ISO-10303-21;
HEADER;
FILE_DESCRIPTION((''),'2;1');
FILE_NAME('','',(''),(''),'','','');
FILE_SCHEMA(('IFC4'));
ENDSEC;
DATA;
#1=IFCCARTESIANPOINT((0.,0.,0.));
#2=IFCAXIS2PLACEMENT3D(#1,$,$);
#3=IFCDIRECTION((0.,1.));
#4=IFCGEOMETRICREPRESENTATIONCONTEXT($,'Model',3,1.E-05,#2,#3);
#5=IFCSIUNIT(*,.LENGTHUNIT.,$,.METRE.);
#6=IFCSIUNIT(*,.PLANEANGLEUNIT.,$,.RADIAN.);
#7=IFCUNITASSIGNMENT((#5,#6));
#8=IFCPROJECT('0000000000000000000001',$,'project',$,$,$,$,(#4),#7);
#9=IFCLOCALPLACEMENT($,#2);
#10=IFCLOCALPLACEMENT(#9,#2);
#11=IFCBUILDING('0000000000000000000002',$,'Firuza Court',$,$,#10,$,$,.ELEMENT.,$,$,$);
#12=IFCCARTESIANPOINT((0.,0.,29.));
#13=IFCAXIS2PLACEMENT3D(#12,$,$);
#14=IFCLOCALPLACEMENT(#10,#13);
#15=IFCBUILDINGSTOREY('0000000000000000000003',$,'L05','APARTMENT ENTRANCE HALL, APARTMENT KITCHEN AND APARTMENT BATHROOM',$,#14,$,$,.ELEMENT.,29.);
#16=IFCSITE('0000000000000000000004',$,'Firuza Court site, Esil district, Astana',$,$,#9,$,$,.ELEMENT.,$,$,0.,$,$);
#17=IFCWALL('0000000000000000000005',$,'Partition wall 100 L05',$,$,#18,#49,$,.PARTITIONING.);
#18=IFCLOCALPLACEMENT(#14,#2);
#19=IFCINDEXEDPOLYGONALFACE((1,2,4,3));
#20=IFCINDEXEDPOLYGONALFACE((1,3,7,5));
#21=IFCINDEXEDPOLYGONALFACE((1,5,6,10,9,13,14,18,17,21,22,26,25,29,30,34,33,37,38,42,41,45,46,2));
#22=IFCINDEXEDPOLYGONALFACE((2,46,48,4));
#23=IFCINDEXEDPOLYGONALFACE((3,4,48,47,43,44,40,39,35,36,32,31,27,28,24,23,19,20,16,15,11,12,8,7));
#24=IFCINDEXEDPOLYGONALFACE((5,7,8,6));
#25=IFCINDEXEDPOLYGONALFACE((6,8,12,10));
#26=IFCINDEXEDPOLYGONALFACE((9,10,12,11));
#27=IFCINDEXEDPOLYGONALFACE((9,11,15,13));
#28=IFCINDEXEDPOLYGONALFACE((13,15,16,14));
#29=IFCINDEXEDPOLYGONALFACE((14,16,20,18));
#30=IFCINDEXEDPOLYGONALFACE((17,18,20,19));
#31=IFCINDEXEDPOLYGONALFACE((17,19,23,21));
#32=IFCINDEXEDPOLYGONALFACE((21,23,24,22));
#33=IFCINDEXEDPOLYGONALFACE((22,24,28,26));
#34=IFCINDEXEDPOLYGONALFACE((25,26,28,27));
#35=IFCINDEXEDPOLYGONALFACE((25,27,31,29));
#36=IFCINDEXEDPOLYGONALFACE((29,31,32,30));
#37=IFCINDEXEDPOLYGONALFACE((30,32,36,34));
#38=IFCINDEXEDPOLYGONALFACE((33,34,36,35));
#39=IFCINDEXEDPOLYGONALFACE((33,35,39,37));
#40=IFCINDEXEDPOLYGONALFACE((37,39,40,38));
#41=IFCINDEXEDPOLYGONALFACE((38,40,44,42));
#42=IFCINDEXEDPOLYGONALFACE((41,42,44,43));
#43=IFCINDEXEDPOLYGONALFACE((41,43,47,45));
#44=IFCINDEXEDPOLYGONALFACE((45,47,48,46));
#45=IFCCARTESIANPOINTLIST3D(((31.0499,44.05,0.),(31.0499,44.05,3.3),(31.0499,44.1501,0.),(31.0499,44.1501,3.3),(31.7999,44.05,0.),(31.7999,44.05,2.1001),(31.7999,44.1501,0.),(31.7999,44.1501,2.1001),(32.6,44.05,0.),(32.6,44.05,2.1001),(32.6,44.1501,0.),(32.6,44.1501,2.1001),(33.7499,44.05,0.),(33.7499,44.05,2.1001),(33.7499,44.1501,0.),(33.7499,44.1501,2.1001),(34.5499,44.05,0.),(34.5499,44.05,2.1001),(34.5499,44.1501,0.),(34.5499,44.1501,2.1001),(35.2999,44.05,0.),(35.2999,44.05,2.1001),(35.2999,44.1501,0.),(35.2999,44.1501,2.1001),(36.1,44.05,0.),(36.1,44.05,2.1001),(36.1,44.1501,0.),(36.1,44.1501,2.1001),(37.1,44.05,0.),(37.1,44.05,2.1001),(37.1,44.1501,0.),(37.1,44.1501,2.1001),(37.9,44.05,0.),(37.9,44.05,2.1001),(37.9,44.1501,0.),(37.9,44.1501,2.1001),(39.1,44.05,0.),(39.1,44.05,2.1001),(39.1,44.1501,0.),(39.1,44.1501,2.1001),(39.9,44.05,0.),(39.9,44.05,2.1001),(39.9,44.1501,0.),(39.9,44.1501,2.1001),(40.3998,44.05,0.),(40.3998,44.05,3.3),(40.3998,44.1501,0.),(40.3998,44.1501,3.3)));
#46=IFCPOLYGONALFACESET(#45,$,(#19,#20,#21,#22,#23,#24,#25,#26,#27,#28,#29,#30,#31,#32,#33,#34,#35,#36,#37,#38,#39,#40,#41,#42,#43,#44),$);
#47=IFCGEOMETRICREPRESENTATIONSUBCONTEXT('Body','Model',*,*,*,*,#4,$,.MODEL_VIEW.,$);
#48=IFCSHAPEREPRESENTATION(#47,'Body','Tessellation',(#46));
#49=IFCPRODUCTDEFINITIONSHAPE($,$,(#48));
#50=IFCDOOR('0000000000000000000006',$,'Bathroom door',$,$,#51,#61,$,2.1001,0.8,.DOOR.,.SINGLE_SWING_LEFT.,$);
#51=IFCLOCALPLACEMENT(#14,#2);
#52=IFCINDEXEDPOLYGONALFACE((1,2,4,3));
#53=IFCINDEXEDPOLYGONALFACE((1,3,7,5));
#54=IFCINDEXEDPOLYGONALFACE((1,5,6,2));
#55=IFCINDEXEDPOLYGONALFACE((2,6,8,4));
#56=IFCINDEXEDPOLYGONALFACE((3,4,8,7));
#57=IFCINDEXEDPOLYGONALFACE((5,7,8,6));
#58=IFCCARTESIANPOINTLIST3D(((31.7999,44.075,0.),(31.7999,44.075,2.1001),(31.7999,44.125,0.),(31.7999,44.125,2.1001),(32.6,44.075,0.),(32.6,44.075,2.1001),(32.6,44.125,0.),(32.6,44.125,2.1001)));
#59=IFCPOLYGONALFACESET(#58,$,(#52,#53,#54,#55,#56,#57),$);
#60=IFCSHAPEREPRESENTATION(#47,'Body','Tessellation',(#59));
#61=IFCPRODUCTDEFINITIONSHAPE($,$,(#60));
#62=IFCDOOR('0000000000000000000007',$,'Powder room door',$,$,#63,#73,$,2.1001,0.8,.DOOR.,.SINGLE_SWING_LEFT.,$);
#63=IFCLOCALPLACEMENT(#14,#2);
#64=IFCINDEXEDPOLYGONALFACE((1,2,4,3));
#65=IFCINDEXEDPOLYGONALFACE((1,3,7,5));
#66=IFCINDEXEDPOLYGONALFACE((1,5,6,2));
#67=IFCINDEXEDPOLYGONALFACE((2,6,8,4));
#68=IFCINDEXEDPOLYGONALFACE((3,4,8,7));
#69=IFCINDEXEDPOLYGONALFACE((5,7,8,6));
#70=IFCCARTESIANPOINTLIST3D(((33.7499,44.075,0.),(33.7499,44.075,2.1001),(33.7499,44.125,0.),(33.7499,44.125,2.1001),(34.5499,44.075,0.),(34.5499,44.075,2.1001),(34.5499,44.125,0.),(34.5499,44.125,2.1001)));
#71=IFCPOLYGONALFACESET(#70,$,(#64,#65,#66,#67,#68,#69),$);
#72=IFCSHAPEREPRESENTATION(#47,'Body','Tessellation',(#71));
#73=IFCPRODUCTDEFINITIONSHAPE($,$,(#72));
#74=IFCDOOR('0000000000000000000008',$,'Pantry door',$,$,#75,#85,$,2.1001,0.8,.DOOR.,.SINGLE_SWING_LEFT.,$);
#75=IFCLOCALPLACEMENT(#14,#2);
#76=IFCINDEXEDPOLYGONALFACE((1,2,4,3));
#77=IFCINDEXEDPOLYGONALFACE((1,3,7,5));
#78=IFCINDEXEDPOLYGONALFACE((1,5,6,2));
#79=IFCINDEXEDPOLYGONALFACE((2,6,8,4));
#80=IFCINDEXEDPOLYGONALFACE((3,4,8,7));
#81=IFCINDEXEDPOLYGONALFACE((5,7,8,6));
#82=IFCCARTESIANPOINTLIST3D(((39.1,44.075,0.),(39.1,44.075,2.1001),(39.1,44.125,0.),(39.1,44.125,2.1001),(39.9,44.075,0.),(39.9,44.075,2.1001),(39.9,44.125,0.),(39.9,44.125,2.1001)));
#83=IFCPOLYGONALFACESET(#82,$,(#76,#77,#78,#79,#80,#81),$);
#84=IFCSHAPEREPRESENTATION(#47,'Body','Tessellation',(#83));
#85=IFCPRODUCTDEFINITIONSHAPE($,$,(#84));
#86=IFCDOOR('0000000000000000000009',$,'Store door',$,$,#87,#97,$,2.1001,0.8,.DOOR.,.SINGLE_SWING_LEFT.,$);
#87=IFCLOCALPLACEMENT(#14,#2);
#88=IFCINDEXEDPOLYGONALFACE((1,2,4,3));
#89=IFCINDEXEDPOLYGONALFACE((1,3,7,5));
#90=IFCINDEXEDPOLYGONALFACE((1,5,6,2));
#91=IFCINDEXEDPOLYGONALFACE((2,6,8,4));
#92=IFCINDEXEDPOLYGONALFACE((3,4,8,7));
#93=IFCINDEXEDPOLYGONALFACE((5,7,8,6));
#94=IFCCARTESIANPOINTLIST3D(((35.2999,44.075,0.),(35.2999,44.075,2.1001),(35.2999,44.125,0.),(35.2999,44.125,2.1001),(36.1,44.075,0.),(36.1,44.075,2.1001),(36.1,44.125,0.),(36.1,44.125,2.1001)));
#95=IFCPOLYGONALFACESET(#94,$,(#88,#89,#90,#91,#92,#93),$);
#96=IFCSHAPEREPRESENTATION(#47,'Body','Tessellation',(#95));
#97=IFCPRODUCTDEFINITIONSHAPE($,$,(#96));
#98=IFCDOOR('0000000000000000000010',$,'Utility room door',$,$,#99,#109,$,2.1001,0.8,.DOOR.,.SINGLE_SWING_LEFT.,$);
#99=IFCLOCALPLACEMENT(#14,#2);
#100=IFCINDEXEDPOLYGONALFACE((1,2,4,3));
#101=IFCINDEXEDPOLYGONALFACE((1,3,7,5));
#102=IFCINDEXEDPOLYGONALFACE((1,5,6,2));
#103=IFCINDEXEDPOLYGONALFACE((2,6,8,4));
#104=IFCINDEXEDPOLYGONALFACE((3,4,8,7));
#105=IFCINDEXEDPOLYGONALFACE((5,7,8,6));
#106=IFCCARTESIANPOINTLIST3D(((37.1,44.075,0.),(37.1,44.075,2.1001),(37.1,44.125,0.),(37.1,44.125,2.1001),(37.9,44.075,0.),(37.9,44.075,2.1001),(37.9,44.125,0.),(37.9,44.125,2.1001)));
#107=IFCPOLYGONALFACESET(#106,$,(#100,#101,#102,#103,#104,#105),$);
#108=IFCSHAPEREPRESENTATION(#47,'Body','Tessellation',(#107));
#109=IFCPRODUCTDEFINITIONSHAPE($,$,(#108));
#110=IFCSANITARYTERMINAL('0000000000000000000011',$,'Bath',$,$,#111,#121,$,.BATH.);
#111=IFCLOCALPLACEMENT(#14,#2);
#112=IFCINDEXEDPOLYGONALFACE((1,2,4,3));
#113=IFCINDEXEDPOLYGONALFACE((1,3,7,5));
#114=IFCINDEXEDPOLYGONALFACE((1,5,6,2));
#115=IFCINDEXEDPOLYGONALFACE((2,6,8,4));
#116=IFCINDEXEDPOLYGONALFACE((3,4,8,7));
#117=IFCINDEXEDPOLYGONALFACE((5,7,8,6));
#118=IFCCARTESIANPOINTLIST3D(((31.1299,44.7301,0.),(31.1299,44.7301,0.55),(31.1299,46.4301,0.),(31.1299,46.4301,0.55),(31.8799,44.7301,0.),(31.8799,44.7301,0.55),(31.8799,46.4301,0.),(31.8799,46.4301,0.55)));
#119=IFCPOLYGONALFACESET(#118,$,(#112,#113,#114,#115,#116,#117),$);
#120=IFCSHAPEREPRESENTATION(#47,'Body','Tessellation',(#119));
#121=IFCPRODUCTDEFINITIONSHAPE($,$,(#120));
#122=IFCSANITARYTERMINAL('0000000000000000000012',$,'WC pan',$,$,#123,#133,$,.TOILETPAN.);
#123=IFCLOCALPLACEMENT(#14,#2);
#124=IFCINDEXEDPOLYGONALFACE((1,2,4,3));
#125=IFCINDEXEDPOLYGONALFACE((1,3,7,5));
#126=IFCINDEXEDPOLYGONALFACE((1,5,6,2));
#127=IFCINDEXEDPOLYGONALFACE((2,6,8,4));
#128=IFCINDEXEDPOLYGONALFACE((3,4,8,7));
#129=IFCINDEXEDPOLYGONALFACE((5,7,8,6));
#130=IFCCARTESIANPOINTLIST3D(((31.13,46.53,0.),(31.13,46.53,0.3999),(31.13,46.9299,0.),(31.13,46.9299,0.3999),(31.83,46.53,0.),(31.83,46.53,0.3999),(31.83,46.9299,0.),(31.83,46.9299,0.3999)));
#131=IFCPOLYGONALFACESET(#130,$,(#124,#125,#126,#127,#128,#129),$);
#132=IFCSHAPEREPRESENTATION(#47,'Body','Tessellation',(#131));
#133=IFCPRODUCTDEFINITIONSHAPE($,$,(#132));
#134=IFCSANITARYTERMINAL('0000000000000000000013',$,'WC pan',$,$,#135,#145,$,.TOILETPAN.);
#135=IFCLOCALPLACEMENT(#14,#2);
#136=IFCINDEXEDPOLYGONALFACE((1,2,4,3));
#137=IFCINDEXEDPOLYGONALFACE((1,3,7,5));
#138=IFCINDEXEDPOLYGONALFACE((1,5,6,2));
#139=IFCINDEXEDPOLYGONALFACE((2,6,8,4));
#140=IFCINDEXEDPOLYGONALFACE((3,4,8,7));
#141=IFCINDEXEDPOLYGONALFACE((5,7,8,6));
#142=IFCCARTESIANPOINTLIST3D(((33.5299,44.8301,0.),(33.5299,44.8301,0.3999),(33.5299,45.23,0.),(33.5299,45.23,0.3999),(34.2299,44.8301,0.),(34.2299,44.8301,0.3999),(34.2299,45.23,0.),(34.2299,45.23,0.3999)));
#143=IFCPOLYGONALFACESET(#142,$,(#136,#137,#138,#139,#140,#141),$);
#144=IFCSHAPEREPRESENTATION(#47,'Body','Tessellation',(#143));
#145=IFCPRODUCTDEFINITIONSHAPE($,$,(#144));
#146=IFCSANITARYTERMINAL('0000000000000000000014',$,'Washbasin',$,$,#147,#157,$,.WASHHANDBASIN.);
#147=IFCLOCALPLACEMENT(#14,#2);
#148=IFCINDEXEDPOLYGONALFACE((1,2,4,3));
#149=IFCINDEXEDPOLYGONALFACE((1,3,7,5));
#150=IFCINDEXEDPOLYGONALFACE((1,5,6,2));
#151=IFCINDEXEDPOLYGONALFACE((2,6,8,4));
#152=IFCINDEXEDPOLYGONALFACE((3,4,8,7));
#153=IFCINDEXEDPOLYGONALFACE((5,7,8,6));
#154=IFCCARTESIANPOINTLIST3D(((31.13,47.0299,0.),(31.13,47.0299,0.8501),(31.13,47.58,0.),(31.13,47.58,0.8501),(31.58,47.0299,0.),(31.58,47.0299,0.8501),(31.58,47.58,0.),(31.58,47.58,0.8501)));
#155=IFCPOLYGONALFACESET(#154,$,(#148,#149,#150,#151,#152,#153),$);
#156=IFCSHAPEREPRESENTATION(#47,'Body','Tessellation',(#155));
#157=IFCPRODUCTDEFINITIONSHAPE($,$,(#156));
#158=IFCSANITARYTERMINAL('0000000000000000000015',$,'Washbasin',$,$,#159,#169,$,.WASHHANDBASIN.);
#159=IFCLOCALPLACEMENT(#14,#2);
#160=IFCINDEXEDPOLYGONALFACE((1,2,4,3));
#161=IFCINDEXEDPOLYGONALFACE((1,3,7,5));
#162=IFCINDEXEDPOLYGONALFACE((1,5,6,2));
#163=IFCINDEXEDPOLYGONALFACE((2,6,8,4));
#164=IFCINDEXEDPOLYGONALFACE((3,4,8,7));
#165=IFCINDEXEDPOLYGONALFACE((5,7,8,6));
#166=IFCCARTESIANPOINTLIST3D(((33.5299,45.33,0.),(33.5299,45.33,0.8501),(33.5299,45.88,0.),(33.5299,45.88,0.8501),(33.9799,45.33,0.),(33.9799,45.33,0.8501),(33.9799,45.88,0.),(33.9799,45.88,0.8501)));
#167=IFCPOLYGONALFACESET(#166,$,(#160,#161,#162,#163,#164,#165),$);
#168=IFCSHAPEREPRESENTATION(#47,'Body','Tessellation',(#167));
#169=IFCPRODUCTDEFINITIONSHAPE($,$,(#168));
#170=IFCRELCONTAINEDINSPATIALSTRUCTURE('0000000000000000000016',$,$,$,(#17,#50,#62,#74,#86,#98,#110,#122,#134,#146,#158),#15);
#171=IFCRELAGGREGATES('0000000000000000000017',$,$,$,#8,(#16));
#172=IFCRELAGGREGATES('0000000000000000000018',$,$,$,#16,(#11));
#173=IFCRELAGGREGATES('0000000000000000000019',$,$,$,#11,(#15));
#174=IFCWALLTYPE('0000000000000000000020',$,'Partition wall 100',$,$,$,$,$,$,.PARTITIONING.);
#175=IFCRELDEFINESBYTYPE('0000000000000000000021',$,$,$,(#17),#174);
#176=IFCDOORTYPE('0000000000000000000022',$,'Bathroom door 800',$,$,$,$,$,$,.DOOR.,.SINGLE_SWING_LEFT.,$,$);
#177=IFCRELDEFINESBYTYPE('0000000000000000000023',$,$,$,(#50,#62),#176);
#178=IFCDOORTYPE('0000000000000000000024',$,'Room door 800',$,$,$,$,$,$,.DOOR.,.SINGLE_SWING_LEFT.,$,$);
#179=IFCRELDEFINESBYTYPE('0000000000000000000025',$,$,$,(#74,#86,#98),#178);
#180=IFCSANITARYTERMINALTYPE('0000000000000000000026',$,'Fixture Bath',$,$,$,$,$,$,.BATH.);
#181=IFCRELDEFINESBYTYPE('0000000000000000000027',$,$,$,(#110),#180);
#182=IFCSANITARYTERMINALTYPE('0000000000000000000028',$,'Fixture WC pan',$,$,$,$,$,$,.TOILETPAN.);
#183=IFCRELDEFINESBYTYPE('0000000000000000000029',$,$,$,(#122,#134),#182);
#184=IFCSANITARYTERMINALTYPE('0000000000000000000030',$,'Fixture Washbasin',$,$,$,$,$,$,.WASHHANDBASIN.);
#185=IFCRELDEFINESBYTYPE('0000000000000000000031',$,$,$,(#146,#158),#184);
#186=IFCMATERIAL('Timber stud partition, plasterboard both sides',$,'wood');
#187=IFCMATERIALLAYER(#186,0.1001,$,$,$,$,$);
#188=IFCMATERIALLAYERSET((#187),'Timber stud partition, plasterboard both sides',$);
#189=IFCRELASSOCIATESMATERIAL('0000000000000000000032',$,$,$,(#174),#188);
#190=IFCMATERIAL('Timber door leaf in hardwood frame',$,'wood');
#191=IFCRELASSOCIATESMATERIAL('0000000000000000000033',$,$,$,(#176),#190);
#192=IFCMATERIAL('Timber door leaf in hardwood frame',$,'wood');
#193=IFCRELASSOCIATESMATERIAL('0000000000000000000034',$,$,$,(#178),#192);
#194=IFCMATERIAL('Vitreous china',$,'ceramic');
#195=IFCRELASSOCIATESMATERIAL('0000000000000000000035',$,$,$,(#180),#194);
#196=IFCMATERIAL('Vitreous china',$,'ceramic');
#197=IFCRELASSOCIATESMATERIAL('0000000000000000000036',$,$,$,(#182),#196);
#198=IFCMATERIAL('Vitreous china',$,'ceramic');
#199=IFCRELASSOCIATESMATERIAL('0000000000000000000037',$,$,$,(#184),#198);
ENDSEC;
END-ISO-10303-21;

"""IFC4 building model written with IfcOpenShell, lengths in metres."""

from ifc_helpers import new_model, si_unit, direction, frame, frame_2d, origin, origin_2d, place, context, subcontext, project, spatial, rectangle, extrude, material, layer, layer_set, type_object, element, fill, save


model = new_model("IFC4")

# Units and contexts
model_context = context("Model", 3, precision=1e-05, world=origin(), true_north=direction((0.0, 1.0)))
body_context = subcontext(model_context, "Body", "Model", "MODEL_VIEW")
ifc_project = project(units=[si_unit("LENGTHUNIT", "METRE"), si_unit("PLANEANGLEUNIT", "RADIAN")], contexts=[model_context])

# Site, building, storey
site_placement = place(None, origin())
site = spatial("IfcSite", under=ifc_project, at=site_placement, Name="Firuza Court site, Esil district, Astana", CompositionType="ELEMENT", RefElevation=0.0)
building_placement = place(site_placement, origin())
building = spatial("IfcBuilding", under=site, at=building_placement, Name="Firuza Court", CompositionType="ELEMENT")
storey_placement = place(building_placement, frame((0.0, 0.0, 29.0)))
storey = spatial("IfcBuildingStorey", under=building, at=storey_placement, Name="L05", Description="APARTMENT ENTRANCE HALL, APARTMENT KITCHEN AND APARTMENT BATHROOM", CompositionType="ELEMENT", Elevation=29.0)

# Shared definitions
ifc_material_1 = material(Name="Timber stud partition, plasterboard both sides", Category="wood")
ifc_layer_1 = layer(ifc_material_1, 0.1001)
ifc_layer_set_1 = layer_set([ifc_layer_1], Name="Timber stud partition, plasterboard both sides")
wall_type_1 = type_object("IfcWallType", Name="Partition wall 100", PredefinedType="PARTITIONING", material=ifc_layer_set_1)

# Wall, openings, doors
wall_1_placement = place(storey_placement, frame((31.05, 44.1001, 0.0), z_axis=(0.0, 0.0, 1.0), x_axis=(1.0, 0.0, 0.0)))
wall_1 = element("IfcWall", 1, at=wall_1_placement, inside=storey, type_object=wall_type_1, Name="Partition wall 100 L05", PredefinedType="PARTITIONING", context=body_context, shape_type="SweptSolid", body=[
    extrude(rectangle(XDim=9.3499, YDim=0.1001, at=frame_2d((4.6748, 0.0))), origin(), (0.0, 0.0, 1.0), 3.3),
])
opening_1_placement = place(wall_1_placement, frame((0.75, 0.0, 0.0)))
opening_1 = element("IfcOpeningElement", 2, at=opening_1_placement, cuts=wall_1, PredefinedType="OPENING", context=body_context, shape_type="SweptSolid", body=[
    extrude(rectangle(XDim=0.8, YDim=2.1001, at=frame_2d((0.3999, 1.05))), frame((0.0, 0.062, 0.0), z_axis=(0.0, -1.0, 0.0), x_axis=(1.0, 0.0, 0.0)), (0.0, 0.0, 1.0), 0.124),
])
opening_2_placement = place(wall_1_placement, frame((8.05, 0.0, 0.0)))
opening_2 = element("IfcOpeningElement", 3, at=opening_2_placement, cuts=wall_1, PredefinedType="OPENING", context=body_context, shape_type="SweptSolid", body=[
    extrude(rectangle(XDim=0.8, YDim=2.1001, at=frame_2d((0.3999, 1.05))), frame((0.0, 0.062, 0.0), z_axis=(0.0, -1.0, 0.0), x_axis=(1.0, 0.0, 0.0)), (0.0, 0.0, 1.0), 0.124),
])
opening_3_placement = place(wall_1_placement, frame((4.25, 0.0, 0.0)))
opening_3 = element("IfcOpeningElement", 4, at=opening_3_placement, cuts=wall_1, PredefinedType="OPENING", context=body_context, shape_type="SweptSolid", body=[
    extrude(rectangle(XDim=0.8, YDim=2.1001, at=frame_2d((0.3999, 1.05))), frame((0.0, 0.062, 0.0), z_axis=(0.0, -1.0, 0.0), x_axis=(1.0, 0.0, 0.0)), (0.0, 0.0, 1.0), 0.124),
])
opening_4_placement = place(wall_1_placement, frame((6.05, 0.0, 0.0)))
opening_4 = element("IfcOpeningElement", 5, at=opening_4_placement, cuts=wall_1, PredefinedType="OPENING", context=body_context, shape_type="SweptSolid", body=[
    extrude(rectangle(XDim=0.8, YDim=2.1001, at=frame_2d((0.3999, 1.05))), frame((0.0, 0.062, 0.0), z_axis=(0.0, -1.0, 0.0), x_axis=(1.0, 0.0, 0.0)), (0.0, 0.0, 1.0), 0.124),
])
opening_5_placement = place(wall_1_placement, frame((2.7, 0.0, 0.0)))
opening_5 = element("IfcOpeningElement", 6, at=opening_5_placement, cuts=wall_1, PredefinedType="OPENING", context=body_context, shape_type="SweptSolid", body=[
    extrude(rectangle(XDim=0.8, YDim=2.1001, at=frame_2d((0.3999, 1.05))), frame((0.0, 0.062, 0.0), z_axis=(0.0, -1.0, 0.0), x_axis=(1.0, 0.0, 0.0)), (0.0, 0.0, 1.0), 0.124),
])
ifc_material_2 = material(Name="Timber door leaf in hardwood frame", Category="wood")
door_type_1 = type_object("IfcDoorType", Name="Bathroom door 800", OperationType="SINGLE_SWING_LEFT", PredefinedType="DOOR", material=ifc_material_2)
door_1_placement = place(opening_1_placement, origin())
door_1 = element("IfcDoor", 7, at=door_1_placement, inside=storey, type_object=door_type_1, Name="Bathroom door", OperationType="SINGLE_SWING_LEFT", OverallHeight=2.1001, OverallWidth=0.8, PredefinedType="DOOR", context=body_context, shape_type="SweptSolid", body=[
    extrude(rectangle(XDim=0.8, YDim=2.1001, at=frame_2d((0.3999, 1.05))), frame((0.0, 0.0249, 0.0), z_axis=(0.0, -1.0, 0.0), x_axis=(1.0, 0.0, 0.0)), (0.0, 0.0, 1.0), 0.05),
])
fill(opening_1, door_1)
door_2_placement = place(opening_5_placement, origin())
door_2 = element("IfcDoor", 8, at=door_2_placement, inside=storey, type_object=door_type_1, Name="Powder room door", OperationType="SINGLE_SWING_LEFT", OverallHeight=2.1001, OverallWidth=0.8, PredefinedType="DOOR", context=body_context, shape_type="SweptSolid", body=[
    extrude(rectangle(XDim=0.8, YDim=2.1001, at=frame_2d((0.3999, 1.05))), frame((0.0, 0.0249, 0.0), z_axis=(0.0, -1.0, 0.0), x_axis=(1.0, 0.0, 0.0)), (0.0, 0.0, 1.0), 0.05),
])
fill(opening_5, door_2)
ifc_material_3 = material(Name="Timber door leaf in hardwood frame", Category="wood")
door_type_2 = type_object("IfcDoorType", Name="Room door 800", OperationType="SINGLE_SWING_LEFT", PredefinedType="DOOR", material=ifc_material_3)
door_3_placement = place(opening_2_placement, origin())
door_3 = element("IfcDoor", 9, at=door_3_placement, inside=storey, type_object=door_type_2, Name="Pantry door", OperationType="SINGLE_SWING_LEFT", OverallHeight=2.1001, OverallWidth=0.8, PredefinedType="DOOR", context=body_context, shape_type="SweptSolid", body=[
    extrude(rectangle(XDim=0.8, YDim=2.1001, at=frame_2d((0.3999, 1.05))), frame((0.0, 0.0249, 0.0), z_axis=(0.0, -1.0, 0.0), x_axis=(1.0, 0.0, 0.0)), (0.0, 0.0, 1.0), 0.05),
])
fill(opening_2, door_3)
door_4_placement = place(opening_3_placement, origin())
door_4 = element("IfcDoor", 10, at=door_4_placement, inside=storey, type_object=door_type_2, Name="Store door", OperationType="SINGLE_SWING_LEFT", OverallHeight=2.1001, OverallWidth=0.8, PredefinedType="DOOR", context=body_context, shape_type="SweptSolid", body=[
    extrude(rectangle(XDim=0.8, YDim=2.1001, at=frame_2d((0.3999, 1.05))), frame((0.0, 0.0249, 0.0), z_axis=(0.0, -1.0, 0.0), x_axis=(1.0, 0.0, 0.0)), (0.0, 0.0, 1.0), 0.05),
])
fill(opening_3, door_4)
door_5_placement = place(opening_4_placement, origin())
door_5 = element("IfcDoor", 11, at=door_5_placement, inside=storey, type_object=door_type_2, Name="Utility room door", OperationType="SINGLE_SWING_LEFT", OverallHeight=2.1001, OverallWidth=0.8, PredefinedType="DOOR", context=body_context, shape_type="SweptSolid", body=[
    extrude(rectangle(XDim=0.8, YDim=2.1001, at=frame_2d((0.3999, 1.05))), frame((0.0, 0.0249, 0.0), z_axis=(0.0, -1.0, 0.0), x_axis=(1.0, 0.0, 0.0)), (0.0, 0.0, 1.0), 0.05),
])
fill(opening_4, door_5)

# Sanitary terminals
ifc_material_4 = material(Name="Vitreous china", Category="ceramic")
sanitary_terminal_type_1 = type_object("IfcSanitaryTerminalType", Name="Fixture Bath", PredefinedType="BATH", material=ifc_material_4)
sanitary_terminal_placement = place(storey_placement, frame((31.5049, 45.5801, 0.0), z_axis=(0.0, 0.0, 1.0), x_axis=(1.0, 0.0, 0.0)))
element("IfcSanitaryTerminal", 12, at=sanitary_terminal_placement, inside=storey, type_object=sanitary_terminal_type_1, Name="Bath", PredefinedType="BATH", context=body_context, shape_type="SweptSolid", body=[
    extrude(rectangle(XDim=0.75, YDim=1.7, at=origin_2d()), origin(), (0.0, 0.0, 1.0), 0.55),
])
ifc_material_5 = material(Name="Vitreous china", Category="ceramic")
sanitary_terminal_type_2 = type_object("IfcSanitaryTerminalType", Name="Fixture WC pan", PredefinedType="TOILETPAN", material=ifc_material_5)
for number, where, z_axis, x_axis, name in (
    (13, (31.48, 46.73, 0.0), (0.0, 0.0, 1.0), (1.0, 0.0, 0.0), "WC pan"),
    (14, (33.8799, 45.03, 0.0), (0.0, 0.0, 1.0), (1.0, 0.0, 0.0), "WC pan"),
):
    element("IfcSanitaryTerminal", number, at=place(storey_placement, frame(where, z_axis=z_axis, x_axis=x_axis)), inside=storey, type_object=sanitary_terminal_type_2, Name=name, PredefinedType="TOILETPAN", context=body_context, shape_type="SweptSolid", body=[
        extrude(rectangle(XDim=0.7, YDim=0.3999, at=origin_2d()), origin(), (0.0, 0.0, 1.0), 0.3999),
    ])
ifc_material_6 = material(Name="Vitreous china", Category="ceramic")
sanitary_terminal_type_3 = type_object("IfcSanitaryTerminalType", Name="Fixture Washbasin", PredefinedType="WASHHANDBASIN", material=ifc_material_6)
for number, where, z_axis, x_axis, name in (
    (15, (31.355, 47.3049, 0.0), (0.0, 0.0, 1.0), (1.0, 0.0, 0.0), "Washbasin"),
    (16, (33.7549, 45.605, 0.0), (0.0, 0.0, 1.0), (1.0, 0.0, 0.0), "Washbasin"),
):
    element("IfcSanitaryTerminal", number, at=place(storey_placement, frame(where, z_axis=z_axis, x_axis=x_axis)), inside=storey, type_object=sanitary_terminal_type_3, Name=name, PredefinedType="WASHHANDBASIN", context=body_context, shape_type="SweptSolid", body=[
        extrude(rectangle(XDim=0.45, YDim=0.55, at=origin_2d()), origin(), (0.0, 0.0, 1.0), 0.8501),
    ])

save(model, "model.ifc")
